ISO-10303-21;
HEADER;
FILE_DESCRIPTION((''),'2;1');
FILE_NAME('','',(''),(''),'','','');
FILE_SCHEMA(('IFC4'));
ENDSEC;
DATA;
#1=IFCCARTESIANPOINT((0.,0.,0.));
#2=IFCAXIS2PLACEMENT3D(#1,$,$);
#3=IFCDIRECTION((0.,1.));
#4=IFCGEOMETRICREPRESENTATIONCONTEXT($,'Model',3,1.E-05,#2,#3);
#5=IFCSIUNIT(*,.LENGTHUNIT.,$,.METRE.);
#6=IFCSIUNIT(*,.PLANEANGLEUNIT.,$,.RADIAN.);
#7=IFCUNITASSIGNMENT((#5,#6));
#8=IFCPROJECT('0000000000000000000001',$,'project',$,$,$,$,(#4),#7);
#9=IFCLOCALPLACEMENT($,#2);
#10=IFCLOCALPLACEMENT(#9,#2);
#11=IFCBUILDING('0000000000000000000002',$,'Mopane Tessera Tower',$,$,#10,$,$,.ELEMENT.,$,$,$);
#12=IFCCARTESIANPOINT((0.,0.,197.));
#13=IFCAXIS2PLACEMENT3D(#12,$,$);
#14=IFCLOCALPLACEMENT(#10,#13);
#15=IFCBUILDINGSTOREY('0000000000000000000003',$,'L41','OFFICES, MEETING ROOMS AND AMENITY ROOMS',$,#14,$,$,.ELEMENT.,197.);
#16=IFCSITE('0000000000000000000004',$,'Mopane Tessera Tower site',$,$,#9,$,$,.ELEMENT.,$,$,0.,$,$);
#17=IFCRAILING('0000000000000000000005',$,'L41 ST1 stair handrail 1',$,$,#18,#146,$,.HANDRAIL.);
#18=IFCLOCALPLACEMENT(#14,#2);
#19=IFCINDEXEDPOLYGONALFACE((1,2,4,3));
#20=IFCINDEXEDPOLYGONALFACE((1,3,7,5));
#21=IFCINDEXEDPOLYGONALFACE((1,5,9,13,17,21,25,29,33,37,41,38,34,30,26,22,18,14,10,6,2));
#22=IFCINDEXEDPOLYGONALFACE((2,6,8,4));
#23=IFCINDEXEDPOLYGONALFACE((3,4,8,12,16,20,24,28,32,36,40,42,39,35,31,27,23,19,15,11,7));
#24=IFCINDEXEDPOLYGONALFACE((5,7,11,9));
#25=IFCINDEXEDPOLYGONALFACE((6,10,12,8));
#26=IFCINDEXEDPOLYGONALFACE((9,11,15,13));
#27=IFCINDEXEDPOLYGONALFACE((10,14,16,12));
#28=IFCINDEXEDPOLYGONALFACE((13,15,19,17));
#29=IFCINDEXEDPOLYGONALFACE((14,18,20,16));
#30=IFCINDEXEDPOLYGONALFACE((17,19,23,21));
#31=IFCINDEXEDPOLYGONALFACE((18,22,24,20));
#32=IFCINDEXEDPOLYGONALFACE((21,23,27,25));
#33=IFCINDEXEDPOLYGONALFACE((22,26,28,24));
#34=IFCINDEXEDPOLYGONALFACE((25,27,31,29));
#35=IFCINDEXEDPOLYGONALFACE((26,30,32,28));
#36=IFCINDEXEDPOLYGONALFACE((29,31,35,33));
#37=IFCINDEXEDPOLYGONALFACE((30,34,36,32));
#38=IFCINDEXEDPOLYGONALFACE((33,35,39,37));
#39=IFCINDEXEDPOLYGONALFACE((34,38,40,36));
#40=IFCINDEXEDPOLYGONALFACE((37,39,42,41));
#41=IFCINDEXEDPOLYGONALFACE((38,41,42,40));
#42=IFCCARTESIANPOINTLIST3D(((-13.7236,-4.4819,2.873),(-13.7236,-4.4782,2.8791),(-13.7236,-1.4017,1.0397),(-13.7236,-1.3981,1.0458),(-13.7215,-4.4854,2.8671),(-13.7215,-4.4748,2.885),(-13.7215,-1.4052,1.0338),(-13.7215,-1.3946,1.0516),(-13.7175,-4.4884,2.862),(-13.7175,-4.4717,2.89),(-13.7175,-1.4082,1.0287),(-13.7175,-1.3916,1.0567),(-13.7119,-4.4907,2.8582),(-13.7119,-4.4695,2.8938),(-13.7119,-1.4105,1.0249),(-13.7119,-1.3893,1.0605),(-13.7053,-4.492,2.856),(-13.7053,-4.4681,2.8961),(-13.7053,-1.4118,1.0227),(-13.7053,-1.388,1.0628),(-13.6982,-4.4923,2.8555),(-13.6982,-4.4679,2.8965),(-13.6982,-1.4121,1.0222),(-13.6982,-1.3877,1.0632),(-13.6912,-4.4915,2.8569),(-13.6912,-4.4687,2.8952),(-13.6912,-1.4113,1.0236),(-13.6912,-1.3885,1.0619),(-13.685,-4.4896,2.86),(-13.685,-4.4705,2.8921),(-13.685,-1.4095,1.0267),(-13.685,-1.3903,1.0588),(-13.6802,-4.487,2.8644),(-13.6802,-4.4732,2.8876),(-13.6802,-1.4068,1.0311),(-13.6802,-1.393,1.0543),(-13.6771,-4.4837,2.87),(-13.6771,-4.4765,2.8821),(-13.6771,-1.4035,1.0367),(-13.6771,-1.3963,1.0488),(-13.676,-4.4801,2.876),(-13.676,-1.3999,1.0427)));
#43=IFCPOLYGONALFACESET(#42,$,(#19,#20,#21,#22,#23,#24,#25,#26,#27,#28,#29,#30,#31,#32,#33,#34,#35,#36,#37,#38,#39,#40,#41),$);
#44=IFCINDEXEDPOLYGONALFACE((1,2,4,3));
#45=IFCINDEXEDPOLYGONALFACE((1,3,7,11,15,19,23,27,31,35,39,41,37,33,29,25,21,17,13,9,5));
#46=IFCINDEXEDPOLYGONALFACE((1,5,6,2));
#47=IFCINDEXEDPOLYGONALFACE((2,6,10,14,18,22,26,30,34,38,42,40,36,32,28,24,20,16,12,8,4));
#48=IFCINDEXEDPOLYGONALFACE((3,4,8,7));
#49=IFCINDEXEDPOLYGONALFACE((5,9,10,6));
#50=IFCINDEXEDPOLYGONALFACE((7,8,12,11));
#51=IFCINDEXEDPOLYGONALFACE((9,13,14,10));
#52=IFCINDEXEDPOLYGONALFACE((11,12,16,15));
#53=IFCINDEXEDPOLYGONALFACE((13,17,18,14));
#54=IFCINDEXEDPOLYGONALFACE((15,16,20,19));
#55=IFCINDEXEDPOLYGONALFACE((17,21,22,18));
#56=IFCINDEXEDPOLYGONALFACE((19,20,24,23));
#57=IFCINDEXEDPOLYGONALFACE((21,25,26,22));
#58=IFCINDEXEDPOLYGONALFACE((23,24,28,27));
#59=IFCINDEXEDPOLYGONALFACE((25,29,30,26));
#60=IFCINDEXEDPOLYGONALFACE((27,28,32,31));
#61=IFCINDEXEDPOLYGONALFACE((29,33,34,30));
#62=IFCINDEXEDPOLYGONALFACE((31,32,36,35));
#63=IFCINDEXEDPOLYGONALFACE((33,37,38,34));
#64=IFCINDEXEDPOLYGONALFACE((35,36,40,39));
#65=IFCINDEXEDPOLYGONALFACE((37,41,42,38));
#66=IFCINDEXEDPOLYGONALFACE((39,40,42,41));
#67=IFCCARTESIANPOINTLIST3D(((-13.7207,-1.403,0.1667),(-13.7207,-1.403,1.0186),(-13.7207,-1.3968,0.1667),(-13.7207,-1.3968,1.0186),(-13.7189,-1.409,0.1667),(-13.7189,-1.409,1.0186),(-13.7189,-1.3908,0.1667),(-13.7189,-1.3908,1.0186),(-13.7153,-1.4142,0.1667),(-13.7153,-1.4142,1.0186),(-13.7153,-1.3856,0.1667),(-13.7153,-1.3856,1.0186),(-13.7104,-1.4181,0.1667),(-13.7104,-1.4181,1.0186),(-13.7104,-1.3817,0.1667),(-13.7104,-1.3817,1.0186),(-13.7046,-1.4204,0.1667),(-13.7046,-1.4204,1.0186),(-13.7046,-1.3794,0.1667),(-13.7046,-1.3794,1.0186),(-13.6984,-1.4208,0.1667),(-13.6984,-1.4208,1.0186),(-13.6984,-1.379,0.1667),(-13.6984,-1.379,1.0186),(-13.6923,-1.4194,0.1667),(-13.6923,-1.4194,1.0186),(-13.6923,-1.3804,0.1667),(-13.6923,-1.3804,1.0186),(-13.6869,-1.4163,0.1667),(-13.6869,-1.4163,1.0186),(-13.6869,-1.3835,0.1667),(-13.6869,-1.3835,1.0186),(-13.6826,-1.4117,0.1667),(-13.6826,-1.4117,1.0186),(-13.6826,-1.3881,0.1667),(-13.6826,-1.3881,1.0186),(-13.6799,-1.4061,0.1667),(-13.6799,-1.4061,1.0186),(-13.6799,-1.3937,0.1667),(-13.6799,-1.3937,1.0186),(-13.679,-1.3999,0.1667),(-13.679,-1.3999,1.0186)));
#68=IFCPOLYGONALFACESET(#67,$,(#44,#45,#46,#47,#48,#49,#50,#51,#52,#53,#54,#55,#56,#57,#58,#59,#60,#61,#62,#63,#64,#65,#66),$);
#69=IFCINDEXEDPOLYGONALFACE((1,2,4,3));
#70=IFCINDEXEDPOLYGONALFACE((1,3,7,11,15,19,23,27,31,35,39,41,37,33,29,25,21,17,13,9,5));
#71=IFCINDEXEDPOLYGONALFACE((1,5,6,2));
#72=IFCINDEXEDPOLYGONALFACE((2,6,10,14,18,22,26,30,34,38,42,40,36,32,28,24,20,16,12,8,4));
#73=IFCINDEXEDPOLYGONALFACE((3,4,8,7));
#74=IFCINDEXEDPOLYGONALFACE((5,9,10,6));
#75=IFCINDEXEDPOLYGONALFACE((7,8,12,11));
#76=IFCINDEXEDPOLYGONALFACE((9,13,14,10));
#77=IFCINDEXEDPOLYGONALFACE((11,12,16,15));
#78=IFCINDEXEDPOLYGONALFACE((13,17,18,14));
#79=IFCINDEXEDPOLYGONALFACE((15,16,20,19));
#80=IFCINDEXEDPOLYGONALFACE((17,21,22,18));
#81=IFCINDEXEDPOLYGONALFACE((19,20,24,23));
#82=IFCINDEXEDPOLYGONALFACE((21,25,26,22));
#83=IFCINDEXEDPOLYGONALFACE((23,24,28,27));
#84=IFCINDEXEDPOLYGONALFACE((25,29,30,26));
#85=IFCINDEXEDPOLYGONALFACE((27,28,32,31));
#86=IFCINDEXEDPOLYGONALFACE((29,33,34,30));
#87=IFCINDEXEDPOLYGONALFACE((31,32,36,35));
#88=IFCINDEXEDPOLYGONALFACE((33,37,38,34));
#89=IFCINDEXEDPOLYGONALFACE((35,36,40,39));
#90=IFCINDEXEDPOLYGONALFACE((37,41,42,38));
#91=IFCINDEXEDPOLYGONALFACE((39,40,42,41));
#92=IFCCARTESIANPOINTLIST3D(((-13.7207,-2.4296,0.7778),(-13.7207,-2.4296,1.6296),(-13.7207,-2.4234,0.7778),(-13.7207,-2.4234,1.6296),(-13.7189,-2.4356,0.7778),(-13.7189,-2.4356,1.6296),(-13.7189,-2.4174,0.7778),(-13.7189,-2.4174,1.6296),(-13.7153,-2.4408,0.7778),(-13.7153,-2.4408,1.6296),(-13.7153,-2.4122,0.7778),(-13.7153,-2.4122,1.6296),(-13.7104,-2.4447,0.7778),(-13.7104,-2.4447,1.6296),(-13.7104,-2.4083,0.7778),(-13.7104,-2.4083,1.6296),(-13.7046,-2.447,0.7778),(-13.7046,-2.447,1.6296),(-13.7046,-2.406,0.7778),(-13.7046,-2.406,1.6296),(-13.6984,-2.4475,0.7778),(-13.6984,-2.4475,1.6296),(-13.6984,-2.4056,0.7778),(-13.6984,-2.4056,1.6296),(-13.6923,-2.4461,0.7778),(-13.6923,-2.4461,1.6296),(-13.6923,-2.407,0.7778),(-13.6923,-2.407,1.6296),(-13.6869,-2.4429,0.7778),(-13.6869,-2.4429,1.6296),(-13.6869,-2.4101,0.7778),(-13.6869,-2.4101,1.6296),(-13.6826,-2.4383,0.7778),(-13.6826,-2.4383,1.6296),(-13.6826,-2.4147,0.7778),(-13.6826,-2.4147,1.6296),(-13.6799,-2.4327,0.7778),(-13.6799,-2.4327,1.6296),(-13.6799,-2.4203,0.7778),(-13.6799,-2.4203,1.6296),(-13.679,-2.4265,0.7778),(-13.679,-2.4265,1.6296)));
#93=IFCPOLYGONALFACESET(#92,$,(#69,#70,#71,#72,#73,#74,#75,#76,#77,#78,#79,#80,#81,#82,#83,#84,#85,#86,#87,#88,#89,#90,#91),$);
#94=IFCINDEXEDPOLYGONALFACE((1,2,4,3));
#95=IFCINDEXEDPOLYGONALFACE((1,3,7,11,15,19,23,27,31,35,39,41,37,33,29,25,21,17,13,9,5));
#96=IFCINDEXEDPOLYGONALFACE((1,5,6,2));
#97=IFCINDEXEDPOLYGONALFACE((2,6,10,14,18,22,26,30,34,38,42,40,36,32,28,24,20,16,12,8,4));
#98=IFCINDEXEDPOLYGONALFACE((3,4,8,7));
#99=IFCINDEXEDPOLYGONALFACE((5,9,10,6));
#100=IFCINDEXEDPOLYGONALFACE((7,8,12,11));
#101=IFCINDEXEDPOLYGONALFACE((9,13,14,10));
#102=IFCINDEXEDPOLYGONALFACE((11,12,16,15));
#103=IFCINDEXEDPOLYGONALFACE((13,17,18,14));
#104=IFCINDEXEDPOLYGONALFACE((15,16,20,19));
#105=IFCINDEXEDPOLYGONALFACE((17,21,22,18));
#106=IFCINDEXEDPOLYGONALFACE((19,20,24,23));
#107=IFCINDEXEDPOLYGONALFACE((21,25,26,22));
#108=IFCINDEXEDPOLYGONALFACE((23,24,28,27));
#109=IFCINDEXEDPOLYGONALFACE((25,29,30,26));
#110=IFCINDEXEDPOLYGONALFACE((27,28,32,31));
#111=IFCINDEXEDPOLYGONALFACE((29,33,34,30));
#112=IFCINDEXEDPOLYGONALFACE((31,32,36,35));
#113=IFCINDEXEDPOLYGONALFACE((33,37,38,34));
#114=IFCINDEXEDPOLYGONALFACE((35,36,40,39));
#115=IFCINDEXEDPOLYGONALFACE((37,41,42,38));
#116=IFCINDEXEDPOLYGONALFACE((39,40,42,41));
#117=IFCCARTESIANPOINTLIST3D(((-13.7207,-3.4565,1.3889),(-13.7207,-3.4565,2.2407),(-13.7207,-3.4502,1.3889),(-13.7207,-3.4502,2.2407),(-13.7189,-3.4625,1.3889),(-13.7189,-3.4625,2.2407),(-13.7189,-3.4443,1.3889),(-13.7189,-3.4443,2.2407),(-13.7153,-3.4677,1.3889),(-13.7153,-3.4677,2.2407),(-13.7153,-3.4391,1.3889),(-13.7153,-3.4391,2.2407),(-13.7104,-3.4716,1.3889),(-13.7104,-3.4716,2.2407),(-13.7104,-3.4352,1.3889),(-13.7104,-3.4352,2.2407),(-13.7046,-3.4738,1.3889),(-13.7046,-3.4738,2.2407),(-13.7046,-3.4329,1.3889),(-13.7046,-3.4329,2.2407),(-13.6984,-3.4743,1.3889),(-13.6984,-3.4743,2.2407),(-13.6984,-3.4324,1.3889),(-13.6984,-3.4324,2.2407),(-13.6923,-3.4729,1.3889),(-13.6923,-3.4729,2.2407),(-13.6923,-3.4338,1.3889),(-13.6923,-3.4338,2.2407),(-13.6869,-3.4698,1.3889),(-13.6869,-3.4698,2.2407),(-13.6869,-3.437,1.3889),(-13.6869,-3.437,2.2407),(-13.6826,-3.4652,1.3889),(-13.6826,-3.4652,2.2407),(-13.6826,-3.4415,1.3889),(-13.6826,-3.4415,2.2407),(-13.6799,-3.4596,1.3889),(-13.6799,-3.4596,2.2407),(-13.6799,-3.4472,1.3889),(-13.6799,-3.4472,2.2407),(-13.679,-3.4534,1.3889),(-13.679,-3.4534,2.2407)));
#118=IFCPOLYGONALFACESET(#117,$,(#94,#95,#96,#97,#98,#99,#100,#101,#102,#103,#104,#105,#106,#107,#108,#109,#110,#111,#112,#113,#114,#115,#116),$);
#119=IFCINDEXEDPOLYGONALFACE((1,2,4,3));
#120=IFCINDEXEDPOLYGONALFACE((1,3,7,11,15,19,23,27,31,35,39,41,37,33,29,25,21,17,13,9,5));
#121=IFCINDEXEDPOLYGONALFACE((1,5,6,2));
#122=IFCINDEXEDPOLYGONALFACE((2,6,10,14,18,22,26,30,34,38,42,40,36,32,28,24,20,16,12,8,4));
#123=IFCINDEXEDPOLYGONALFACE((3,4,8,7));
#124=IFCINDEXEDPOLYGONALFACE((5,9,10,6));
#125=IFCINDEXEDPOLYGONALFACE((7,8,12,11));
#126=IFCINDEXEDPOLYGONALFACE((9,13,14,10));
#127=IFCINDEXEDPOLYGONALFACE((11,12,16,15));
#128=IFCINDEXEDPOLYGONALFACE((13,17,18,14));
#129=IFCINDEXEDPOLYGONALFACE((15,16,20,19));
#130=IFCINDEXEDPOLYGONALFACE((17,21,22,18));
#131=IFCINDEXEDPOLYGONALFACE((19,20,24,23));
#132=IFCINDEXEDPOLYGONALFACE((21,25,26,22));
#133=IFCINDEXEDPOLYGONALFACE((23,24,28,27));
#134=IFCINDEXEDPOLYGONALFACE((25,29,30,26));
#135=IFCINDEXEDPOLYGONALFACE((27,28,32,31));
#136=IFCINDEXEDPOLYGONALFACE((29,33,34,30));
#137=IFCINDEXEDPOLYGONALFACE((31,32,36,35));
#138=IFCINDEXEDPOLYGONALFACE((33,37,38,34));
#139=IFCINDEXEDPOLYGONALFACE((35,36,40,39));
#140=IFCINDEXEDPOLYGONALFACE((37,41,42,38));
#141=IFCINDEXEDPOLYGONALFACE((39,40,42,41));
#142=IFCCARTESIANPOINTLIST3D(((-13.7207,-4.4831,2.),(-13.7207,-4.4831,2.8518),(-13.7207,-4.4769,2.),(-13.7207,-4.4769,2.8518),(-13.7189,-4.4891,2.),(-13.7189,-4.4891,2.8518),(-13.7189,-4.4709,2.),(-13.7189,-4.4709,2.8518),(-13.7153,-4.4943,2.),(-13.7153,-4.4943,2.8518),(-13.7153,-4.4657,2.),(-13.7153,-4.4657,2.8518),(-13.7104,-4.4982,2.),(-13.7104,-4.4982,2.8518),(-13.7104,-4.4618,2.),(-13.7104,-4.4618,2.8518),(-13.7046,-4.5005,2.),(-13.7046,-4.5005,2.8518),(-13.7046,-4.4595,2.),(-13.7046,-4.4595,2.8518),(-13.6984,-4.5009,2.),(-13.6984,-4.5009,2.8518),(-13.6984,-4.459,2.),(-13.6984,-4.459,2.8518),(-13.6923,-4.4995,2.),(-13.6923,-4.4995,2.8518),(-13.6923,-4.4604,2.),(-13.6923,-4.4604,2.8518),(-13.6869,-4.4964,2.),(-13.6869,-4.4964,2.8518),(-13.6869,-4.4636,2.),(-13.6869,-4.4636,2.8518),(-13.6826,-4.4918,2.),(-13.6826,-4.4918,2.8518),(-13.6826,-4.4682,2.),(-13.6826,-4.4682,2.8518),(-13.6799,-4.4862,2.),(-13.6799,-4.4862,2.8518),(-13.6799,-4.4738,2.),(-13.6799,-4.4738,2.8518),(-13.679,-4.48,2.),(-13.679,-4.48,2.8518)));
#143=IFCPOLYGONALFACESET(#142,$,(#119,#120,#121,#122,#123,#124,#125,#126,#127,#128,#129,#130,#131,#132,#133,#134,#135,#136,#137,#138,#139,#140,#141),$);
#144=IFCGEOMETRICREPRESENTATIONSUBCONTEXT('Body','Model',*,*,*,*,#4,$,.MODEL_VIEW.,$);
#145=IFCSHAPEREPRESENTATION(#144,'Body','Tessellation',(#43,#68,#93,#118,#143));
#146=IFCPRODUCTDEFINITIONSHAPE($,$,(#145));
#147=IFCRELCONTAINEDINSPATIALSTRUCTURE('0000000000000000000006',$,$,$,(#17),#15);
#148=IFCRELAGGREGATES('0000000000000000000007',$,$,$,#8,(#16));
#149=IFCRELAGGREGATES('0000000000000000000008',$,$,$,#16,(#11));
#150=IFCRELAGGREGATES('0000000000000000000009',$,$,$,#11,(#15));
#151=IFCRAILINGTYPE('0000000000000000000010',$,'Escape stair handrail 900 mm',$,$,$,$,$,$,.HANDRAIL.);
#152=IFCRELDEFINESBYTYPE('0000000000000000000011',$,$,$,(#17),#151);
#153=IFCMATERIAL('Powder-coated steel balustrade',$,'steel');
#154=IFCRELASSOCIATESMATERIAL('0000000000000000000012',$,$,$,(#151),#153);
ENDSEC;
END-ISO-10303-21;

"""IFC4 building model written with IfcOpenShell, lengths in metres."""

from ifc_helpers import new_model, si_unit, direction, frame, origin, origin_2d, place, context, subcontext, project, spatial, circle, extrude, material, type_object, element, save


model = new_model("IFC4")

# Units and contexts
model_context = context("Model", 3, precision=1e-05, world=origin(), true_north=direction((0.0, 1.0)))
body_context = subcontext(model_context, "Body", "Model", "MODEL_VIEW")
ifc_project = project(units=[si_unit("LENGTHUNIT", "METRE"), si_unit("PLANEANGLEUNIT", "RADIAN")], contexts=[model_context])

# Site, building, storey
site_placement = place(None, origin())
site = spatial("IfcSite", under=ifc_project, at=site_placement, Name="Mopane Tessera Tower site", CompositionType="ELEMENT", RefElevation=0.0)
building_placement = place(site_placement, origin())
building = spatial("IfcBuilding", under=site, at=building_placement, Name="Mopane Tessera Tower", CompositionType="ELEMENT")
storey_placement = place(building_placement, frame((0.0, 0.0, 197.0)))
storey = spatial("IfcBuildingStorey", under=building, at=storey_placement, Name="L41", Description="OFFICES, MEETING ROOMS AND AMENITY ROOMS", CompositionType="ELEMENT", Elevation=197.0)

# Railing
ifc_material_1 = material(Name="Powder-coated steel balustrade", Category="steel")
railing_type_1 = type_object("IfcRailingType", Name="Escape stair handrail 900 mm", PredefinedType="HANDRAIL", material=ifc_material_1)
railing_1_placement = place(storey_placement, frame((-13.7, -1.3999, 0.1667)))
element("IfcRailing", 1, at=railing_1_placement, inside=storey, type_object=railing_type_1, Name="L41 ST1 stair handrail 1", PredefinedType="HANDRAIL", context=body_context, shape_type="SweptSolid", body=[
    extrude(circle(Radius=0.0239, at=origin_2d()), frame((0.0, 0.0, 0.876), z_axis=(0.0, -0.859309, 0.511458), x_axis=(1.0, 0.0, 0.0)), (0.0, 0.0, 1.0), 3.5845),
    extrude(circle(Radius=0.021, at=origin_2d()), origin(), (0.0, 0.0, 1.0), 0.8518),
    extrude(circle(Radius=0.021, at=origin_2d()), frame((0.0, -1.0266, 0.6111)), (0.0, 0.0, 1.0), 0.8518),
    extrude(circle(Radius=0.021, at=origin_2d()), frame((0.0, -2.0535, 1.2222)), (0.0, 0.0, 1.0), 0.8518),
    extrude(circle(Radius=0.021, at=origin_2d()), frame((0.0, -3.0801, 1.8333)), (0.0, 0.0, 1.0), 0.8518),
])

save(model, "model.ifc")
